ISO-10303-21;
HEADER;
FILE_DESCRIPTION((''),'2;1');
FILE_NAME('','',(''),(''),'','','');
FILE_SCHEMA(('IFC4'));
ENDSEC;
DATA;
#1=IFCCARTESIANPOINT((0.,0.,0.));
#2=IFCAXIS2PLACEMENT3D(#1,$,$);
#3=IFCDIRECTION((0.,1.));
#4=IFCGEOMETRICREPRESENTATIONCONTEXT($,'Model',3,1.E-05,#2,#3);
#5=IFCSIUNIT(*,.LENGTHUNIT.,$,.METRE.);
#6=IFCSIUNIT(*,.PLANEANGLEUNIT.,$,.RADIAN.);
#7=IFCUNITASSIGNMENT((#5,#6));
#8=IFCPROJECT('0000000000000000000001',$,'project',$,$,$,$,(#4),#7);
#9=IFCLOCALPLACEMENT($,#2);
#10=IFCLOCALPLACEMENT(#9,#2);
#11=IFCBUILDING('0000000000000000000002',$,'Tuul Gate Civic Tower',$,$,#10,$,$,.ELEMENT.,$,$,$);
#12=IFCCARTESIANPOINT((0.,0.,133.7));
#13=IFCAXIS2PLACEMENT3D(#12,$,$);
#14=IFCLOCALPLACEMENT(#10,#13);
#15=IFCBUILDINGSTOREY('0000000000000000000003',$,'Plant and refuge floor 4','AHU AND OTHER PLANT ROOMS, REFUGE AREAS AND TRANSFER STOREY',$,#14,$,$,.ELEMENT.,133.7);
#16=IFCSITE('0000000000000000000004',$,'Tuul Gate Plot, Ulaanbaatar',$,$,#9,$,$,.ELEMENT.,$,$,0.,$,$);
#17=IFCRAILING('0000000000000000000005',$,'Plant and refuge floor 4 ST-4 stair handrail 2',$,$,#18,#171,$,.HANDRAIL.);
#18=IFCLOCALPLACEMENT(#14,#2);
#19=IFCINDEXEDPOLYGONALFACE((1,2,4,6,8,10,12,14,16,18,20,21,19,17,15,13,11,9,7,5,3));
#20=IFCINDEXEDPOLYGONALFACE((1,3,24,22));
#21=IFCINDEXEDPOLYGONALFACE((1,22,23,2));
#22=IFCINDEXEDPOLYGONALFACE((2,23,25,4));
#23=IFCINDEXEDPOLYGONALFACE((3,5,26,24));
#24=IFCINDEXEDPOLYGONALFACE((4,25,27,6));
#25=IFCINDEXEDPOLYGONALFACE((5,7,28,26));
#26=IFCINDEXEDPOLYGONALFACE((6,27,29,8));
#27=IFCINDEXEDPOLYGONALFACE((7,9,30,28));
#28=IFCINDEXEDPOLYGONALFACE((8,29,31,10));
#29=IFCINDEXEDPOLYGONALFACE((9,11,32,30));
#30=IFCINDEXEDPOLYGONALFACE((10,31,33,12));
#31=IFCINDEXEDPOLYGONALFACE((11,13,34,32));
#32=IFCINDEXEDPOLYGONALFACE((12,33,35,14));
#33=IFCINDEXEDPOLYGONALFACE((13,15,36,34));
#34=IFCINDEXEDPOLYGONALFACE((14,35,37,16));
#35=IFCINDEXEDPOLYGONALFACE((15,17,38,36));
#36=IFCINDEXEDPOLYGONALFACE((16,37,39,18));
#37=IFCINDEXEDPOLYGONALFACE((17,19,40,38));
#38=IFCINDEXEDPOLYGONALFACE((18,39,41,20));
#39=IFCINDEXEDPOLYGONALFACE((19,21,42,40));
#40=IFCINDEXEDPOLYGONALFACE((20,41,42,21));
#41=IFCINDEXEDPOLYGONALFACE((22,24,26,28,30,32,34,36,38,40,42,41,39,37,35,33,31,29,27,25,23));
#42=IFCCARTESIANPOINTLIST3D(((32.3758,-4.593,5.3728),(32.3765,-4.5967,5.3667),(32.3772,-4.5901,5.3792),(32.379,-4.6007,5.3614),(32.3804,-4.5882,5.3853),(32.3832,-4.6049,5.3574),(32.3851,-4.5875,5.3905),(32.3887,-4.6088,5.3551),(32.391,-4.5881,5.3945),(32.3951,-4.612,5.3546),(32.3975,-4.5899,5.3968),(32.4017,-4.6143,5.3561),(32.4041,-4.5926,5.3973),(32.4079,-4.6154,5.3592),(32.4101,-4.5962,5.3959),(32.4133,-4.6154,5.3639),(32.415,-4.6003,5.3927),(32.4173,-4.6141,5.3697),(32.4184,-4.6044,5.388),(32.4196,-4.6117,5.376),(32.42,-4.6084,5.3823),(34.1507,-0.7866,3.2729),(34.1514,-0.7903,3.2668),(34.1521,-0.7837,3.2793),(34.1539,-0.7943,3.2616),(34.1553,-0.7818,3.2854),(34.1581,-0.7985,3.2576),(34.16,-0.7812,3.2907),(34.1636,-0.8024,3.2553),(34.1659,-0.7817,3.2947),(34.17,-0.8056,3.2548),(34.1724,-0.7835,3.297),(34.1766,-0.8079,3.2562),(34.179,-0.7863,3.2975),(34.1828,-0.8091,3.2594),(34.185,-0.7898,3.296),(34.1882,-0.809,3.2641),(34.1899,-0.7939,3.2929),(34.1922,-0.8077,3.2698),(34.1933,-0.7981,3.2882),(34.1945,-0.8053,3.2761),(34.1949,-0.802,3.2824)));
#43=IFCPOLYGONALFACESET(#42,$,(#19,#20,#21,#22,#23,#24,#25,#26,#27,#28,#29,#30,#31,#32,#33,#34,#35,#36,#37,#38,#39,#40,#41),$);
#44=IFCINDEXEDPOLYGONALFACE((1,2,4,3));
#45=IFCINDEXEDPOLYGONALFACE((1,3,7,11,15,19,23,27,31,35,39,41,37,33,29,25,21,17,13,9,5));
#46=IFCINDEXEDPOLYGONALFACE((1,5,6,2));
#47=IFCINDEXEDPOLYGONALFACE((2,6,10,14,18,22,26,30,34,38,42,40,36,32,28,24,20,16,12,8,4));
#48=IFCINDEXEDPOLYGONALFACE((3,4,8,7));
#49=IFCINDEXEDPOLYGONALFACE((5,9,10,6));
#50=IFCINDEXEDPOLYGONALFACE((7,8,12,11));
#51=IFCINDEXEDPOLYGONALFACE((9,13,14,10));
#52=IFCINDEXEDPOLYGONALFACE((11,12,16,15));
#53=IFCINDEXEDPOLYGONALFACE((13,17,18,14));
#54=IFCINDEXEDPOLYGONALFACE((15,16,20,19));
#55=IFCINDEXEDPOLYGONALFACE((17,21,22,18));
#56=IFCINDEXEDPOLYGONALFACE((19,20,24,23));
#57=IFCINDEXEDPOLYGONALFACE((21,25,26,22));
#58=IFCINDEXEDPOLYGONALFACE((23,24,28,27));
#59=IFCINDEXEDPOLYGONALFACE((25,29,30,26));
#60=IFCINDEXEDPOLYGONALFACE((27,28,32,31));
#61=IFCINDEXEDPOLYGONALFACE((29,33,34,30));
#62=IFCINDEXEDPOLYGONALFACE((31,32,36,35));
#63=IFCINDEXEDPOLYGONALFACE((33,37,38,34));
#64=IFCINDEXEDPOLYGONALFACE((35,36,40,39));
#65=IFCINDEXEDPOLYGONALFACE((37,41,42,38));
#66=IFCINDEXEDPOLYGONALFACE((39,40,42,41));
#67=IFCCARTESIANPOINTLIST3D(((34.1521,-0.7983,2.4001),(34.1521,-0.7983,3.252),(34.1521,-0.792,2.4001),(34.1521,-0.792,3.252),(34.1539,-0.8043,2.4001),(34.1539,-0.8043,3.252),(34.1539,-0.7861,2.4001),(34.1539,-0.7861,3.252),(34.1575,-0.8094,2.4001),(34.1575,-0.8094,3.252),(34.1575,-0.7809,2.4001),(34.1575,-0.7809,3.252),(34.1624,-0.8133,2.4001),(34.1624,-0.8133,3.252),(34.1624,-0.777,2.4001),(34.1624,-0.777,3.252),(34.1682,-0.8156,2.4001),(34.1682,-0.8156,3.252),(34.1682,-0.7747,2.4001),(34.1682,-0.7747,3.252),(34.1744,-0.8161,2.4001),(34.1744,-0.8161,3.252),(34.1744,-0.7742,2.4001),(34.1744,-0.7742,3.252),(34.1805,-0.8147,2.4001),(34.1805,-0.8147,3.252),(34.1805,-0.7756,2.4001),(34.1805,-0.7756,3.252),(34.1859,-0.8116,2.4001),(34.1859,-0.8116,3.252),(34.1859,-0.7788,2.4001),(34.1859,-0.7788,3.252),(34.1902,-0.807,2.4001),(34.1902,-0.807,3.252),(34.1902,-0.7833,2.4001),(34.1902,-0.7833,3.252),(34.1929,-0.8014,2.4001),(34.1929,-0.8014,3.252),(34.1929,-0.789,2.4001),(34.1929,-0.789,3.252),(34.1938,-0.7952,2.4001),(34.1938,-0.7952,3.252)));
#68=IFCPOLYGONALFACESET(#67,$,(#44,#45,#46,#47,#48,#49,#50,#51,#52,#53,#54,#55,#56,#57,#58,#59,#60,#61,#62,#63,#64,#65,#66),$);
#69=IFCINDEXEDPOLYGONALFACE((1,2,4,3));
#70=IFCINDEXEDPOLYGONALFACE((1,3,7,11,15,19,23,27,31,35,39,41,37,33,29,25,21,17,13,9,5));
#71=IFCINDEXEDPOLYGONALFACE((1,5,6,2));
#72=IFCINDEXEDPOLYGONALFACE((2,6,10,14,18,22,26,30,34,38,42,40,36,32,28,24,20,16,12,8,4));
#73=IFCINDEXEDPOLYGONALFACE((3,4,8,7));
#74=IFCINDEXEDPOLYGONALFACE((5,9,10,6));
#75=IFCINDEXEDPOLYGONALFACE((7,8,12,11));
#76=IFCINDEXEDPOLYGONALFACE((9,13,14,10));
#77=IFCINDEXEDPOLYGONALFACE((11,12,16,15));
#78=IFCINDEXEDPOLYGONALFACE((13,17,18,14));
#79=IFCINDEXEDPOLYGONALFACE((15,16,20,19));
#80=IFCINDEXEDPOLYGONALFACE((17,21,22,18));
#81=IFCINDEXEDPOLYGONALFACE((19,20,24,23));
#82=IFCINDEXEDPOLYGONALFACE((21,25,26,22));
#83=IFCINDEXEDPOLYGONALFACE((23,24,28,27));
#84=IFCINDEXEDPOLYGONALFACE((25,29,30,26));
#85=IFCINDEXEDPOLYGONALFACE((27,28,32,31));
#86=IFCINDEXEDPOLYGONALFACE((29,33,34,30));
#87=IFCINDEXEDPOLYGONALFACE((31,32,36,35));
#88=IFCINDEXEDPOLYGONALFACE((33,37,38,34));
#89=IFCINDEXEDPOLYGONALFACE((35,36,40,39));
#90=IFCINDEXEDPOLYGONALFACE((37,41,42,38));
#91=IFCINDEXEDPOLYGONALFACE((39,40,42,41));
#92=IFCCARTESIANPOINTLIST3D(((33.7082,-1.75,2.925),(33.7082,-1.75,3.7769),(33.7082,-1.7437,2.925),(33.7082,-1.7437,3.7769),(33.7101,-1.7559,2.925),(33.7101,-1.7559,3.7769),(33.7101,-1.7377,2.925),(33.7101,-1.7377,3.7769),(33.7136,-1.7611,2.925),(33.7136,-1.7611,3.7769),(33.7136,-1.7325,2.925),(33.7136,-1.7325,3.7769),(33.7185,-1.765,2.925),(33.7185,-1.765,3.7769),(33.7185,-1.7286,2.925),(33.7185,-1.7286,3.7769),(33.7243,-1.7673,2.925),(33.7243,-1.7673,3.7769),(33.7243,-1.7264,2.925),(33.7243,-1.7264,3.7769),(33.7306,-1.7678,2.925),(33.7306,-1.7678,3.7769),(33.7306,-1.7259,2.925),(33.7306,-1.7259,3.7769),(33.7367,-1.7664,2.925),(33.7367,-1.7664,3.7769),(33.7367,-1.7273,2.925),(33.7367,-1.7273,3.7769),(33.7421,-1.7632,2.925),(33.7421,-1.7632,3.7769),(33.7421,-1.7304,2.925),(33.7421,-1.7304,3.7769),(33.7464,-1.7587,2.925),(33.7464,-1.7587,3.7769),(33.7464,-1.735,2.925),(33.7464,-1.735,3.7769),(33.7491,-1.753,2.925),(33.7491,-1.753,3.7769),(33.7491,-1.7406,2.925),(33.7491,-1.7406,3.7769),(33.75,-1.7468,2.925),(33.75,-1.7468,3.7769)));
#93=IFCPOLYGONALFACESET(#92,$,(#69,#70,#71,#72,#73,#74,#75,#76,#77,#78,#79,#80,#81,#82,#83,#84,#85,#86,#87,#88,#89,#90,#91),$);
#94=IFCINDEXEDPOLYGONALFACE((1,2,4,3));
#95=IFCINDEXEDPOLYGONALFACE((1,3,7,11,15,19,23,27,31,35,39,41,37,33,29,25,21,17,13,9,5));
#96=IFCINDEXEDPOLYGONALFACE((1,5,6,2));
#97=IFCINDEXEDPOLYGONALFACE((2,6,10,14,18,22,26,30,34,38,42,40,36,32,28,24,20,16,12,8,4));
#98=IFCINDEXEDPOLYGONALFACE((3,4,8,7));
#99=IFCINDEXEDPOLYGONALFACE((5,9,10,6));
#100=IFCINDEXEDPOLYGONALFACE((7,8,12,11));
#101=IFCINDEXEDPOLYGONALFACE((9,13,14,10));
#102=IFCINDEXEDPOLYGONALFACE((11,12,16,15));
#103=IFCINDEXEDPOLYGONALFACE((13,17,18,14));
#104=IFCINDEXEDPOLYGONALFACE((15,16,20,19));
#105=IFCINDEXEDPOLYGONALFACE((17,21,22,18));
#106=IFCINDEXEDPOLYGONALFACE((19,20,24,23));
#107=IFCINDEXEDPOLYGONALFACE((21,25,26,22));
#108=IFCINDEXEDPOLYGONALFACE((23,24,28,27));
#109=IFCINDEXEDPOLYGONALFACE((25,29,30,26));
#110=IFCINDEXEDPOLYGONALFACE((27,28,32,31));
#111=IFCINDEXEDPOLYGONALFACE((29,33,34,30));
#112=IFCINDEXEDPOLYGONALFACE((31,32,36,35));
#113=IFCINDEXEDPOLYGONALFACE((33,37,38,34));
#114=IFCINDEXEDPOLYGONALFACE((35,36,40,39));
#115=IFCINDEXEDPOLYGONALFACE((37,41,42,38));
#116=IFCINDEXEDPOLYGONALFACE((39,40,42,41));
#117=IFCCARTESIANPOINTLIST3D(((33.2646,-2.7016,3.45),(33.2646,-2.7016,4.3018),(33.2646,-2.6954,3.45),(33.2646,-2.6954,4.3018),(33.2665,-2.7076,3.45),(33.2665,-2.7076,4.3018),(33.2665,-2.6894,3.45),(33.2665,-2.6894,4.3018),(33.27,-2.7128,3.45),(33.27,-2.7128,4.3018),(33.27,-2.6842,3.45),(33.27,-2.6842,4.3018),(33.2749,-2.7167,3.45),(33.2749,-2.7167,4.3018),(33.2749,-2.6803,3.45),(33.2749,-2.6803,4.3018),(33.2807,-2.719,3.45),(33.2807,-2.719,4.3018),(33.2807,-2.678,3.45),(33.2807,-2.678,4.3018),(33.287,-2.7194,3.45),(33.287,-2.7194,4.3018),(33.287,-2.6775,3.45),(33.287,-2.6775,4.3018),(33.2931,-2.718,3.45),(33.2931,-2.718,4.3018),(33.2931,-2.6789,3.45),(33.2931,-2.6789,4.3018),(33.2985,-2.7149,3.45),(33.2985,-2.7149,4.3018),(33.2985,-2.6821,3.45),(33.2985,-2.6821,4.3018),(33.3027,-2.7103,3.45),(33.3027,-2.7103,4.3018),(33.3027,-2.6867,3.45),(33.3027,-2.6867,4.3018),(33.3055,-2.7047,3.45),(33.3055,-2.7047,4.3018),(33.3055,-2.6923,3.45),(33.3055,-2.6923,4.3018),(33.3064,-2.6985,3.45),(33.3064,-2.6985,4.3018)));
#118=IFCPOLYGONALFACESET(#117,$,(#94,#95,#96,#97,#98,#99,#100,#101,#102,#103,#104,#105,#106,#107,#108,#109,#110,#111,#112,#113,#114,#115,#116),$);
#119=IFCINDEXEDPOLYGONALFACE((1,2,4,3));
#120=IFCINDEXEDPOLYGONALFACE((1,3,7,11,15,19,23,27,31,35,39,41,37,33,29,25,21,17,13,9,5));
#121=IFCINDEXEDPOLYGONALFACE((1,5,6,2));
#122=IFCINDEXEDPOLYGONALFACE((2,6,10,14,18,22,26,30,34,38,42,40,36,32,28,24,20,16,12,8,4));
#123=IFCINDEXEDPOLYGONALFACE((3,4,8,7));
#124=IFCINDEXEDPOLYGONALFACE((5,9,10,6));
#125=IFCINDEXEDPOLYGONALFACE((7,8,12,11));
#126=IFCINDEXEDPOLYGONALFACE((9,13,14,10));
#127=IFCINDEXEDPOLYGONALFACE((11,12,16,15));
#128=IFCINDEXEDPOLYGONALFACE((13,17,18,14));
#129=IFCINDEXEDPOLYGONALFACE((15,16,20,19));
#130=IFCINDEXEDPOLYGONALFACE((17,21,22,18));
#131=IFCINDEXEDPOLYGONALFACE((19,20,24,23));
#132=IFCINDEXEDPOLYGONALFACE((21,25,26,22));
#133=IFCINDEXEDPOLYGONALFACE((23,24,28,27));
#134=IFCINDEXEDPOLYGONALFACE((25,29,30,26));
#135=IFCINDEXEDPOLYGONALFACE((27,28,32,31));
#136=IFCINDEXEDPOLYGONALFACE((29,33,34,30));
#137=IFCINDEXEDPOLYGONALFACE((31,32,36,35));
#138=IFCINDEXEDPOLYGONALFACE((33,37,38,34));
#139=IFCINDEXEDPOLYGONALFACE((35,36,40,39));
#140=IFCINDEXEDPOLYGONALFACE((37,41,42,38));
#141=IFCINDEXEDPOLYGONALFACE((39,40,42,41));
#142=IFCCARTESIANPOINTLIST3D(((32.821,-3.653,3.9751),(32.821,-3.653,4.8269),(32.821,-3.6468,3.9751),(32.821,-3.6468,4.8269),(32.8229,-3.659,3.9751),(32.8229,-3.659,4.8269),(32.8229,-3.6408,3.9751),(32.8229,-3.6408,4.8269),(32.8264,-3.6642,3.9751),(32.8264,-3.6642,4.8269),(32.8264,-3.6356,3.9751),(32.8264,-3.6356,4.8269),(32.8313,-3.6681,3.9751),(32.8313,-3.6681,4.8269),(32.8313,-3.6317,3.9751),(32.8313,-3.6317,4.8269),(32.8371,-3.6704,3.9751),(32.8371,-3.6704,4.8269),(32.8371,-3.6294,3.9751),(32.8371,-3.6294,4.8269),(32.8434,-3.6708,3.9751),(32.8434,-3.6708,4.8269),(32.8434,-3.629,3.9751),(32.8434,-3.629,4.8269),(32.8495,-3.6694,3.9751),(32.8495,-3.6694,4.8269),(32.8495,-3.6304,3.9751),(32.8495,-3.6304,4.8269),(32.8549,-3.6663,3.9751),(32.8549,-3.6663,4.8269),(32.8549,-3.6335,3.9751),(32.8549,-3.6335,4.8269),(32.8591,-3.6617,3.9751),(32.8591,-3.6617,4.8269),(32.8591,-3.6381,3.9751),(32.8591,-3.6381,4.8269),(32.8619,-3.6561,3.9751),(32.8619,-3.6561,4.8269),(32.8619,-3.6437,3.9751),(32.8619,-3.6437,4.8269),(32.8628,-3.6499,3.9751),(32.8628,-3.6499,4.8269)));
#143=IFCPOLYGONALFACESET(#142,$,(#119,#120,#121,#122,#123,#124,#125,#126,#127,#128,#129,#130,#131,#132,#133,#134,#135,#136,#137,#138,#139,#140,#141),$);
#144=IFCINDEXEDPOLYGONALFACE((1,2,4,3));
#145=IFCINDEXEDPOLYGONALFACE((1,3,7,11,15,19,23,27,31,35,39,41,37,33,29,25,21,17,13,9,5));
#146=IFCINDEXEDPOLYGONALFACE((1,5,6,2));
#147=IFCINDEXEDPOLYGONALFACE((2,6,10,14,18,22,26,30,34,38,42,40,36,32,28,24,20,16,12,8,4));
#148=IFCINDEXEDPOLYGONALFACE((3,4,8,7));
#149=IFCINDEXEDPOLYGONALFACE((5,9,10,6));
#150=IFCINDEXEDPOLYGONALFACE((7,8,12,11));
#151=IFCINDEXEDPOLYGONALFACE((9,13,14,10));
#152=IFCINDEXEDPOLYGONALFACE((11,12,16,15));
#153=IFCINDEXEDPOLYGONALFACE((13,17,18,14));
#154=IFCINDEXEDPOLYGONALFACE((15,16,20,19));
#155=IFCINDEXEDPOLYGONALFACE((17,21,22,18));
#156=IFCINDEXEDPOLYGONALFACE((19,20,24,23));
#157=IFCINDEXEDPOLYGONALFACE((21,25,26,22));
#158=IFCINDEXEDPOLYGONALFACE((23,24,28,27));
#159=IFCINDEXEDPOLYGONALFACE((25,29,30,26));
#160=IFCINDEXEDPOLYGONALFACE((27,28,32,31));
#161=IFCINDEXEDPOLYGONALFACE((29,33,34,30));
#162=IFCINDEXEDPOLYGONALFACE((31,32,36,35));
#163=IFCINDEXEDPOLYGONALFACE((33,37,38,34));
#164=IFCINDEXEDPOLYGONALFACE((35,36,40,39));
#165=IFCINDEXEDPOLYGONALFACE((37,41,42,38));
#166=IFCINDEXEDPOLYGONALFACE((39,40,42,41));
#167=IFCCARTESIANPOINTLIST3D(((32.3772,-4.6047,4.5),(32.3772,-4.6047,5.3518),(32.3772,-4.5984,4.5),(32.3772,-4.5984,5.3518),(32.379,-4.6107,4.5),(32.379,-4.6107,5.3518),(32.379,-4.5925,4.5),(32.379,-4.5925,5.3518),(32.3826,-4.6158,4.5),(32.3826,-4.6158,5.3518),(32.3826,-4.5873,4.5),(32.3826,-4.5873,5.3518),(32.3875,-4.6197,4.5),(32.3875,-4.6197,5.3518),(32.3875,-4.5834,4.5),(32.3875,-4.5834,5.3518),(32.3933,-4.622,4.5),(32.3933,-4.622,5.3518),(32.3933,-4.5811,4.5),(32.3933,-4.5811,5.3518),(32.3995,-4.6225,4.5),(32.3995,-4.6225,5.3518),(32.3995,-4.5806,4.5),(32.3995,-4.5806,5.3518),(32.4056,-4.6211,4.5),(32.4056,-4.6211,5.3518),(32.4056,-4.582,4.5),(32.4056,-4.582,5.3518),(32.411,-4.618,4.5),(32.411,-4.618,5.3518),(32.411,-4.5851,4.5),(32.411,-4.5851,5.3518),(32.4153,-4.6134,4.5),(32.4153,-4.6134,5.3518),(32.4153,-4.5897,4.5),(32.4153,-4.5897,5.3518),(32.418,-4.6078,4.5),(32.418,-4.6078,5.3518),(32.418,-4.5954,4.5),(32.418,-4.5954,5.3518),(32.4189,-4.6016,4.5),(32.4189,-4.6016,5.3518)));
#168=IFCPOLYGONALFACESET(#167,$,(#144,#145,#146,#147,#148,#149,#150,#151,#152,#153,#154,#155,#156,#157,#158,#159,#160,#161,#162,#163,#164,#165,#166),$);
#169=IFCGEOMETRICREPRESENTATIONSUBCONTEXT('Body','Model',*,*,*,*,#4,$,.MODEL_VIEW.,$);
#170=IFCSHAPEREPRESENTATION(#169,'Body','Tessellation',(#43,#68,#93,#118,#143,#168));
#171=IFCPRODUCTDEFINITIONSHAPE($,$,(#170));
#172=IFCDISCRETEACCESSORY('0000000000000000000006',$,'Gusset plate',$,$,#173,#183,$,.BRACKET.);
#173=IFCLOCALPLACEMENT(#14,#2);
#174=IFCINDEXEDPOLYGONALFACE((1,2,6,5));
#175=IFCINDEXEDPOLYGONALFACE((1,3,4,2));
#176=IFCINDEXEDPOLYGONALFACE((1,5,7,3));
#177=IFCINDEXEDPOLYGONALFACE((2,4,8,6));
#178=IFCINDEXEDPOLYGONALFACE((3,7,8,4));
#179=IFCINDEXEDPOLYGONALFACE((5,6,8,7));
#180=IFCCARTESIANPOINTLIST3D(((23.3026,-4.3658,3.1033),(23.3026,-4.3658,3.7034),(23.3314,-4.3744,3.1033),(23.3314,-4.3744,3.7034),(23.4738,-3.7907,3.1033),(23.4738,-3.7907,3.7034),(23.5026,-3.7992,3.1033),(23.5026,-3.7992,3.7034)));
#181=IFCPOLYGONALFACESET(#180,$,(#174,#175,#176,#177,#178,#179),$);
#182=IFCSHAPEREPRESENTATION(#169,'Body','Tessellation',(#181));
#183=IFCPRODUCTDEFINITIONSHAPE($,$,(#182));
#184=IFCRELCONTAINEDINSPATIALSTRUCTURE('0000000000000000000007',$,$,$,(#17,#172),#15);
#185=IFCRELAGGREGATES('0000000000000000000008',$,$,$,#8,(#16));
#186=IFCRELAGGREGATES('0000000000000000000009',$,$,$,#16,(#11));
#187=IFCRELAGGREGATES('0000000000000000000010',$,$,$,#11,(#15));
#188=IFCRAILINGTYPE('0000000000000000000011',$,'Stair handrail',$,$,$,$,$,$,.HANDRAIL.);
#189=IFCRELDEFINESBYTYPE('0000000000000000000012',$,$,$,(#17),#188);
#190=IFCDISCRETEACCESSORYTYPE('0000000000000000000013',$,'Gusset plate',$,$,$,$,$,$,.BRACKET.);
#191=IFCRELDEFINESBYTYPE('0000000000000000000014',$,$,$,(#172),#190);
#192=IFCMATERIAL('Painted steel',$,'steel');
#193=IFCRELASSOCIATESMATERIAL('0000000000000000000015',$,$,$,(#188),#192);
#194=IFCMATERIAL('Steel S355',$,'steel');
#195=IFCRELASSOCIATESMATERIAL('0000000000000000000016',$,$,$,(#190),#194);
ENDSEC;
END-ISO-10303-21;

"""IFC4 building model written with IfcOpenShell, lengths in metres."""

from ifc_helpers import new_model, si_unit, direction, frame, origin, origin_2d, place, context, subcontext, project, spatial, rectangle, circle, extrude, material, type_object, element, save


model = new_model("IFC4")

# Units and contexts
model_context = context("Model", 3, precision=1e-05, world=origin(), true_north=direction((0.0, 1.0)))
body_context = subcontext(model_context, "Body", "Model", "MODEL_VIEW")
ifc_project = project(units=[si_unit("LENGTHUNIT", "METRE"), si_unit("PLANEANGLEUNIT", "RADIAN")], contexts=[model_context])

# Site, building, storey
site_placement = place(None, origin())
site = spatial("IfcSite", under=ifc_project, at=site_placement, Name="Tuul Gate Plot, Ulaanbaatar", CompositionType="ELEMENT", RefElevation=0.0)
building_placement = place(site_placement, origin())
building = spatial("IfcBuilding", under=site, at=building_placement, Name="Tuul Gate Civic Tower", CompositionType="ELEMENT")
storey_placement = place(building_placement, frame((0.0, 0.0, 133.7)))
storey = spatial("IfcBuildingStorey", under=building, at=storey_placement, Name="Plant and refuge floor 4", Description="AHU AND OTHER PLANT ROOMS, REFUGE AREAS AND TRANSFER STOREY", CompositionType="ELEMENT", Elevation=133.7)

# Railing
ifc_material_1 = material(Name="Painted steel", Category="steel")
railing_type_1 = type_object("IfcRailingType", Name="Stair handrail", PredefinedType="HANDRAIL", material=ifc_material_1)
railing_1_placement = place(storey_placement, frame((34.1729, -0.7952, 2.4001)))
element("IfcRailing", 1, at=railing_1_placement, inside=storey, type_object=railing_type_1, Name="Plant and refuge floor 4 ST-4 stair handrail 2", PredefinedType="HANDRAIL", context=body_context, shape_type="SweptSolid", body=[
    extrude(circle(Radius=0.0239, at=origin_2d()), frame((0.0, 0.0, 0.876), z_axis=(-0.377996, -0.810637, 0.447199), x_axis=(0.906312, -0.422609, 0.0)), (0.0, 0.0, 1.0), 4.6956),
    extrude(circle(Radius=0.021, at=origin_2d()), origin(), (0.0, 0.0, 1.0), 0.8518),
    extrude(circle(Radius=0.021, at=origin_2d()), frame((-0.4438, -0.9517, 0.5249)), (0.0, 0.0, 1.0), 0.8518),
    extrude(circle(Radius=0.021, at=origin_2d()), frame((-0.8875, -1.9033, 1.0498)), (0.0, 0.0, 1.0), 0.8518),
    extrude(circle(Radius=0.021, at=origin_2d()), frame((-1.3311, -2.8547, 1.575)), (0.0, 0.0, 1.0), 0.8518),
    extrude(circle(Radius=0.021, at=origin_2d()), frame((-1.7749, -3.8064, 2.0999)), (0.0, 0.0, 1.0), 0.8518),
])

# Discrete accessory
ifc_material_2 = material(Name="Steel S355", Category="steel")
discrete_accessory_type = type_object("IfcDiscreteAccessoryType", Name="Gusset plate", PredefinedType="BRACKET", material=ifc_material_2)
discrete_accessory_placement = place(storey_placement, frame((23.4026, -4.0825, 3.1033), z_axis=(0.0, 0.0, 1.0), x_axis=(0.285212, 0.958464, 0.0)))
element("IfcDiscreteAccessory", 2, at=discrete_accessory_placement, inside=storey, type_object=discrete_accessory_type, Name="Gusset plate", PredefinedType="BRACKET", context=body_context, shape_type="SweptSolid", body=[
    extrude(rectangle(XDim=0.6001, YDim=0.03, at=origin_2d()), origin(), (0.0, 0.0, 1.0), 0.6001),
])

save(model, "model.ifc")
